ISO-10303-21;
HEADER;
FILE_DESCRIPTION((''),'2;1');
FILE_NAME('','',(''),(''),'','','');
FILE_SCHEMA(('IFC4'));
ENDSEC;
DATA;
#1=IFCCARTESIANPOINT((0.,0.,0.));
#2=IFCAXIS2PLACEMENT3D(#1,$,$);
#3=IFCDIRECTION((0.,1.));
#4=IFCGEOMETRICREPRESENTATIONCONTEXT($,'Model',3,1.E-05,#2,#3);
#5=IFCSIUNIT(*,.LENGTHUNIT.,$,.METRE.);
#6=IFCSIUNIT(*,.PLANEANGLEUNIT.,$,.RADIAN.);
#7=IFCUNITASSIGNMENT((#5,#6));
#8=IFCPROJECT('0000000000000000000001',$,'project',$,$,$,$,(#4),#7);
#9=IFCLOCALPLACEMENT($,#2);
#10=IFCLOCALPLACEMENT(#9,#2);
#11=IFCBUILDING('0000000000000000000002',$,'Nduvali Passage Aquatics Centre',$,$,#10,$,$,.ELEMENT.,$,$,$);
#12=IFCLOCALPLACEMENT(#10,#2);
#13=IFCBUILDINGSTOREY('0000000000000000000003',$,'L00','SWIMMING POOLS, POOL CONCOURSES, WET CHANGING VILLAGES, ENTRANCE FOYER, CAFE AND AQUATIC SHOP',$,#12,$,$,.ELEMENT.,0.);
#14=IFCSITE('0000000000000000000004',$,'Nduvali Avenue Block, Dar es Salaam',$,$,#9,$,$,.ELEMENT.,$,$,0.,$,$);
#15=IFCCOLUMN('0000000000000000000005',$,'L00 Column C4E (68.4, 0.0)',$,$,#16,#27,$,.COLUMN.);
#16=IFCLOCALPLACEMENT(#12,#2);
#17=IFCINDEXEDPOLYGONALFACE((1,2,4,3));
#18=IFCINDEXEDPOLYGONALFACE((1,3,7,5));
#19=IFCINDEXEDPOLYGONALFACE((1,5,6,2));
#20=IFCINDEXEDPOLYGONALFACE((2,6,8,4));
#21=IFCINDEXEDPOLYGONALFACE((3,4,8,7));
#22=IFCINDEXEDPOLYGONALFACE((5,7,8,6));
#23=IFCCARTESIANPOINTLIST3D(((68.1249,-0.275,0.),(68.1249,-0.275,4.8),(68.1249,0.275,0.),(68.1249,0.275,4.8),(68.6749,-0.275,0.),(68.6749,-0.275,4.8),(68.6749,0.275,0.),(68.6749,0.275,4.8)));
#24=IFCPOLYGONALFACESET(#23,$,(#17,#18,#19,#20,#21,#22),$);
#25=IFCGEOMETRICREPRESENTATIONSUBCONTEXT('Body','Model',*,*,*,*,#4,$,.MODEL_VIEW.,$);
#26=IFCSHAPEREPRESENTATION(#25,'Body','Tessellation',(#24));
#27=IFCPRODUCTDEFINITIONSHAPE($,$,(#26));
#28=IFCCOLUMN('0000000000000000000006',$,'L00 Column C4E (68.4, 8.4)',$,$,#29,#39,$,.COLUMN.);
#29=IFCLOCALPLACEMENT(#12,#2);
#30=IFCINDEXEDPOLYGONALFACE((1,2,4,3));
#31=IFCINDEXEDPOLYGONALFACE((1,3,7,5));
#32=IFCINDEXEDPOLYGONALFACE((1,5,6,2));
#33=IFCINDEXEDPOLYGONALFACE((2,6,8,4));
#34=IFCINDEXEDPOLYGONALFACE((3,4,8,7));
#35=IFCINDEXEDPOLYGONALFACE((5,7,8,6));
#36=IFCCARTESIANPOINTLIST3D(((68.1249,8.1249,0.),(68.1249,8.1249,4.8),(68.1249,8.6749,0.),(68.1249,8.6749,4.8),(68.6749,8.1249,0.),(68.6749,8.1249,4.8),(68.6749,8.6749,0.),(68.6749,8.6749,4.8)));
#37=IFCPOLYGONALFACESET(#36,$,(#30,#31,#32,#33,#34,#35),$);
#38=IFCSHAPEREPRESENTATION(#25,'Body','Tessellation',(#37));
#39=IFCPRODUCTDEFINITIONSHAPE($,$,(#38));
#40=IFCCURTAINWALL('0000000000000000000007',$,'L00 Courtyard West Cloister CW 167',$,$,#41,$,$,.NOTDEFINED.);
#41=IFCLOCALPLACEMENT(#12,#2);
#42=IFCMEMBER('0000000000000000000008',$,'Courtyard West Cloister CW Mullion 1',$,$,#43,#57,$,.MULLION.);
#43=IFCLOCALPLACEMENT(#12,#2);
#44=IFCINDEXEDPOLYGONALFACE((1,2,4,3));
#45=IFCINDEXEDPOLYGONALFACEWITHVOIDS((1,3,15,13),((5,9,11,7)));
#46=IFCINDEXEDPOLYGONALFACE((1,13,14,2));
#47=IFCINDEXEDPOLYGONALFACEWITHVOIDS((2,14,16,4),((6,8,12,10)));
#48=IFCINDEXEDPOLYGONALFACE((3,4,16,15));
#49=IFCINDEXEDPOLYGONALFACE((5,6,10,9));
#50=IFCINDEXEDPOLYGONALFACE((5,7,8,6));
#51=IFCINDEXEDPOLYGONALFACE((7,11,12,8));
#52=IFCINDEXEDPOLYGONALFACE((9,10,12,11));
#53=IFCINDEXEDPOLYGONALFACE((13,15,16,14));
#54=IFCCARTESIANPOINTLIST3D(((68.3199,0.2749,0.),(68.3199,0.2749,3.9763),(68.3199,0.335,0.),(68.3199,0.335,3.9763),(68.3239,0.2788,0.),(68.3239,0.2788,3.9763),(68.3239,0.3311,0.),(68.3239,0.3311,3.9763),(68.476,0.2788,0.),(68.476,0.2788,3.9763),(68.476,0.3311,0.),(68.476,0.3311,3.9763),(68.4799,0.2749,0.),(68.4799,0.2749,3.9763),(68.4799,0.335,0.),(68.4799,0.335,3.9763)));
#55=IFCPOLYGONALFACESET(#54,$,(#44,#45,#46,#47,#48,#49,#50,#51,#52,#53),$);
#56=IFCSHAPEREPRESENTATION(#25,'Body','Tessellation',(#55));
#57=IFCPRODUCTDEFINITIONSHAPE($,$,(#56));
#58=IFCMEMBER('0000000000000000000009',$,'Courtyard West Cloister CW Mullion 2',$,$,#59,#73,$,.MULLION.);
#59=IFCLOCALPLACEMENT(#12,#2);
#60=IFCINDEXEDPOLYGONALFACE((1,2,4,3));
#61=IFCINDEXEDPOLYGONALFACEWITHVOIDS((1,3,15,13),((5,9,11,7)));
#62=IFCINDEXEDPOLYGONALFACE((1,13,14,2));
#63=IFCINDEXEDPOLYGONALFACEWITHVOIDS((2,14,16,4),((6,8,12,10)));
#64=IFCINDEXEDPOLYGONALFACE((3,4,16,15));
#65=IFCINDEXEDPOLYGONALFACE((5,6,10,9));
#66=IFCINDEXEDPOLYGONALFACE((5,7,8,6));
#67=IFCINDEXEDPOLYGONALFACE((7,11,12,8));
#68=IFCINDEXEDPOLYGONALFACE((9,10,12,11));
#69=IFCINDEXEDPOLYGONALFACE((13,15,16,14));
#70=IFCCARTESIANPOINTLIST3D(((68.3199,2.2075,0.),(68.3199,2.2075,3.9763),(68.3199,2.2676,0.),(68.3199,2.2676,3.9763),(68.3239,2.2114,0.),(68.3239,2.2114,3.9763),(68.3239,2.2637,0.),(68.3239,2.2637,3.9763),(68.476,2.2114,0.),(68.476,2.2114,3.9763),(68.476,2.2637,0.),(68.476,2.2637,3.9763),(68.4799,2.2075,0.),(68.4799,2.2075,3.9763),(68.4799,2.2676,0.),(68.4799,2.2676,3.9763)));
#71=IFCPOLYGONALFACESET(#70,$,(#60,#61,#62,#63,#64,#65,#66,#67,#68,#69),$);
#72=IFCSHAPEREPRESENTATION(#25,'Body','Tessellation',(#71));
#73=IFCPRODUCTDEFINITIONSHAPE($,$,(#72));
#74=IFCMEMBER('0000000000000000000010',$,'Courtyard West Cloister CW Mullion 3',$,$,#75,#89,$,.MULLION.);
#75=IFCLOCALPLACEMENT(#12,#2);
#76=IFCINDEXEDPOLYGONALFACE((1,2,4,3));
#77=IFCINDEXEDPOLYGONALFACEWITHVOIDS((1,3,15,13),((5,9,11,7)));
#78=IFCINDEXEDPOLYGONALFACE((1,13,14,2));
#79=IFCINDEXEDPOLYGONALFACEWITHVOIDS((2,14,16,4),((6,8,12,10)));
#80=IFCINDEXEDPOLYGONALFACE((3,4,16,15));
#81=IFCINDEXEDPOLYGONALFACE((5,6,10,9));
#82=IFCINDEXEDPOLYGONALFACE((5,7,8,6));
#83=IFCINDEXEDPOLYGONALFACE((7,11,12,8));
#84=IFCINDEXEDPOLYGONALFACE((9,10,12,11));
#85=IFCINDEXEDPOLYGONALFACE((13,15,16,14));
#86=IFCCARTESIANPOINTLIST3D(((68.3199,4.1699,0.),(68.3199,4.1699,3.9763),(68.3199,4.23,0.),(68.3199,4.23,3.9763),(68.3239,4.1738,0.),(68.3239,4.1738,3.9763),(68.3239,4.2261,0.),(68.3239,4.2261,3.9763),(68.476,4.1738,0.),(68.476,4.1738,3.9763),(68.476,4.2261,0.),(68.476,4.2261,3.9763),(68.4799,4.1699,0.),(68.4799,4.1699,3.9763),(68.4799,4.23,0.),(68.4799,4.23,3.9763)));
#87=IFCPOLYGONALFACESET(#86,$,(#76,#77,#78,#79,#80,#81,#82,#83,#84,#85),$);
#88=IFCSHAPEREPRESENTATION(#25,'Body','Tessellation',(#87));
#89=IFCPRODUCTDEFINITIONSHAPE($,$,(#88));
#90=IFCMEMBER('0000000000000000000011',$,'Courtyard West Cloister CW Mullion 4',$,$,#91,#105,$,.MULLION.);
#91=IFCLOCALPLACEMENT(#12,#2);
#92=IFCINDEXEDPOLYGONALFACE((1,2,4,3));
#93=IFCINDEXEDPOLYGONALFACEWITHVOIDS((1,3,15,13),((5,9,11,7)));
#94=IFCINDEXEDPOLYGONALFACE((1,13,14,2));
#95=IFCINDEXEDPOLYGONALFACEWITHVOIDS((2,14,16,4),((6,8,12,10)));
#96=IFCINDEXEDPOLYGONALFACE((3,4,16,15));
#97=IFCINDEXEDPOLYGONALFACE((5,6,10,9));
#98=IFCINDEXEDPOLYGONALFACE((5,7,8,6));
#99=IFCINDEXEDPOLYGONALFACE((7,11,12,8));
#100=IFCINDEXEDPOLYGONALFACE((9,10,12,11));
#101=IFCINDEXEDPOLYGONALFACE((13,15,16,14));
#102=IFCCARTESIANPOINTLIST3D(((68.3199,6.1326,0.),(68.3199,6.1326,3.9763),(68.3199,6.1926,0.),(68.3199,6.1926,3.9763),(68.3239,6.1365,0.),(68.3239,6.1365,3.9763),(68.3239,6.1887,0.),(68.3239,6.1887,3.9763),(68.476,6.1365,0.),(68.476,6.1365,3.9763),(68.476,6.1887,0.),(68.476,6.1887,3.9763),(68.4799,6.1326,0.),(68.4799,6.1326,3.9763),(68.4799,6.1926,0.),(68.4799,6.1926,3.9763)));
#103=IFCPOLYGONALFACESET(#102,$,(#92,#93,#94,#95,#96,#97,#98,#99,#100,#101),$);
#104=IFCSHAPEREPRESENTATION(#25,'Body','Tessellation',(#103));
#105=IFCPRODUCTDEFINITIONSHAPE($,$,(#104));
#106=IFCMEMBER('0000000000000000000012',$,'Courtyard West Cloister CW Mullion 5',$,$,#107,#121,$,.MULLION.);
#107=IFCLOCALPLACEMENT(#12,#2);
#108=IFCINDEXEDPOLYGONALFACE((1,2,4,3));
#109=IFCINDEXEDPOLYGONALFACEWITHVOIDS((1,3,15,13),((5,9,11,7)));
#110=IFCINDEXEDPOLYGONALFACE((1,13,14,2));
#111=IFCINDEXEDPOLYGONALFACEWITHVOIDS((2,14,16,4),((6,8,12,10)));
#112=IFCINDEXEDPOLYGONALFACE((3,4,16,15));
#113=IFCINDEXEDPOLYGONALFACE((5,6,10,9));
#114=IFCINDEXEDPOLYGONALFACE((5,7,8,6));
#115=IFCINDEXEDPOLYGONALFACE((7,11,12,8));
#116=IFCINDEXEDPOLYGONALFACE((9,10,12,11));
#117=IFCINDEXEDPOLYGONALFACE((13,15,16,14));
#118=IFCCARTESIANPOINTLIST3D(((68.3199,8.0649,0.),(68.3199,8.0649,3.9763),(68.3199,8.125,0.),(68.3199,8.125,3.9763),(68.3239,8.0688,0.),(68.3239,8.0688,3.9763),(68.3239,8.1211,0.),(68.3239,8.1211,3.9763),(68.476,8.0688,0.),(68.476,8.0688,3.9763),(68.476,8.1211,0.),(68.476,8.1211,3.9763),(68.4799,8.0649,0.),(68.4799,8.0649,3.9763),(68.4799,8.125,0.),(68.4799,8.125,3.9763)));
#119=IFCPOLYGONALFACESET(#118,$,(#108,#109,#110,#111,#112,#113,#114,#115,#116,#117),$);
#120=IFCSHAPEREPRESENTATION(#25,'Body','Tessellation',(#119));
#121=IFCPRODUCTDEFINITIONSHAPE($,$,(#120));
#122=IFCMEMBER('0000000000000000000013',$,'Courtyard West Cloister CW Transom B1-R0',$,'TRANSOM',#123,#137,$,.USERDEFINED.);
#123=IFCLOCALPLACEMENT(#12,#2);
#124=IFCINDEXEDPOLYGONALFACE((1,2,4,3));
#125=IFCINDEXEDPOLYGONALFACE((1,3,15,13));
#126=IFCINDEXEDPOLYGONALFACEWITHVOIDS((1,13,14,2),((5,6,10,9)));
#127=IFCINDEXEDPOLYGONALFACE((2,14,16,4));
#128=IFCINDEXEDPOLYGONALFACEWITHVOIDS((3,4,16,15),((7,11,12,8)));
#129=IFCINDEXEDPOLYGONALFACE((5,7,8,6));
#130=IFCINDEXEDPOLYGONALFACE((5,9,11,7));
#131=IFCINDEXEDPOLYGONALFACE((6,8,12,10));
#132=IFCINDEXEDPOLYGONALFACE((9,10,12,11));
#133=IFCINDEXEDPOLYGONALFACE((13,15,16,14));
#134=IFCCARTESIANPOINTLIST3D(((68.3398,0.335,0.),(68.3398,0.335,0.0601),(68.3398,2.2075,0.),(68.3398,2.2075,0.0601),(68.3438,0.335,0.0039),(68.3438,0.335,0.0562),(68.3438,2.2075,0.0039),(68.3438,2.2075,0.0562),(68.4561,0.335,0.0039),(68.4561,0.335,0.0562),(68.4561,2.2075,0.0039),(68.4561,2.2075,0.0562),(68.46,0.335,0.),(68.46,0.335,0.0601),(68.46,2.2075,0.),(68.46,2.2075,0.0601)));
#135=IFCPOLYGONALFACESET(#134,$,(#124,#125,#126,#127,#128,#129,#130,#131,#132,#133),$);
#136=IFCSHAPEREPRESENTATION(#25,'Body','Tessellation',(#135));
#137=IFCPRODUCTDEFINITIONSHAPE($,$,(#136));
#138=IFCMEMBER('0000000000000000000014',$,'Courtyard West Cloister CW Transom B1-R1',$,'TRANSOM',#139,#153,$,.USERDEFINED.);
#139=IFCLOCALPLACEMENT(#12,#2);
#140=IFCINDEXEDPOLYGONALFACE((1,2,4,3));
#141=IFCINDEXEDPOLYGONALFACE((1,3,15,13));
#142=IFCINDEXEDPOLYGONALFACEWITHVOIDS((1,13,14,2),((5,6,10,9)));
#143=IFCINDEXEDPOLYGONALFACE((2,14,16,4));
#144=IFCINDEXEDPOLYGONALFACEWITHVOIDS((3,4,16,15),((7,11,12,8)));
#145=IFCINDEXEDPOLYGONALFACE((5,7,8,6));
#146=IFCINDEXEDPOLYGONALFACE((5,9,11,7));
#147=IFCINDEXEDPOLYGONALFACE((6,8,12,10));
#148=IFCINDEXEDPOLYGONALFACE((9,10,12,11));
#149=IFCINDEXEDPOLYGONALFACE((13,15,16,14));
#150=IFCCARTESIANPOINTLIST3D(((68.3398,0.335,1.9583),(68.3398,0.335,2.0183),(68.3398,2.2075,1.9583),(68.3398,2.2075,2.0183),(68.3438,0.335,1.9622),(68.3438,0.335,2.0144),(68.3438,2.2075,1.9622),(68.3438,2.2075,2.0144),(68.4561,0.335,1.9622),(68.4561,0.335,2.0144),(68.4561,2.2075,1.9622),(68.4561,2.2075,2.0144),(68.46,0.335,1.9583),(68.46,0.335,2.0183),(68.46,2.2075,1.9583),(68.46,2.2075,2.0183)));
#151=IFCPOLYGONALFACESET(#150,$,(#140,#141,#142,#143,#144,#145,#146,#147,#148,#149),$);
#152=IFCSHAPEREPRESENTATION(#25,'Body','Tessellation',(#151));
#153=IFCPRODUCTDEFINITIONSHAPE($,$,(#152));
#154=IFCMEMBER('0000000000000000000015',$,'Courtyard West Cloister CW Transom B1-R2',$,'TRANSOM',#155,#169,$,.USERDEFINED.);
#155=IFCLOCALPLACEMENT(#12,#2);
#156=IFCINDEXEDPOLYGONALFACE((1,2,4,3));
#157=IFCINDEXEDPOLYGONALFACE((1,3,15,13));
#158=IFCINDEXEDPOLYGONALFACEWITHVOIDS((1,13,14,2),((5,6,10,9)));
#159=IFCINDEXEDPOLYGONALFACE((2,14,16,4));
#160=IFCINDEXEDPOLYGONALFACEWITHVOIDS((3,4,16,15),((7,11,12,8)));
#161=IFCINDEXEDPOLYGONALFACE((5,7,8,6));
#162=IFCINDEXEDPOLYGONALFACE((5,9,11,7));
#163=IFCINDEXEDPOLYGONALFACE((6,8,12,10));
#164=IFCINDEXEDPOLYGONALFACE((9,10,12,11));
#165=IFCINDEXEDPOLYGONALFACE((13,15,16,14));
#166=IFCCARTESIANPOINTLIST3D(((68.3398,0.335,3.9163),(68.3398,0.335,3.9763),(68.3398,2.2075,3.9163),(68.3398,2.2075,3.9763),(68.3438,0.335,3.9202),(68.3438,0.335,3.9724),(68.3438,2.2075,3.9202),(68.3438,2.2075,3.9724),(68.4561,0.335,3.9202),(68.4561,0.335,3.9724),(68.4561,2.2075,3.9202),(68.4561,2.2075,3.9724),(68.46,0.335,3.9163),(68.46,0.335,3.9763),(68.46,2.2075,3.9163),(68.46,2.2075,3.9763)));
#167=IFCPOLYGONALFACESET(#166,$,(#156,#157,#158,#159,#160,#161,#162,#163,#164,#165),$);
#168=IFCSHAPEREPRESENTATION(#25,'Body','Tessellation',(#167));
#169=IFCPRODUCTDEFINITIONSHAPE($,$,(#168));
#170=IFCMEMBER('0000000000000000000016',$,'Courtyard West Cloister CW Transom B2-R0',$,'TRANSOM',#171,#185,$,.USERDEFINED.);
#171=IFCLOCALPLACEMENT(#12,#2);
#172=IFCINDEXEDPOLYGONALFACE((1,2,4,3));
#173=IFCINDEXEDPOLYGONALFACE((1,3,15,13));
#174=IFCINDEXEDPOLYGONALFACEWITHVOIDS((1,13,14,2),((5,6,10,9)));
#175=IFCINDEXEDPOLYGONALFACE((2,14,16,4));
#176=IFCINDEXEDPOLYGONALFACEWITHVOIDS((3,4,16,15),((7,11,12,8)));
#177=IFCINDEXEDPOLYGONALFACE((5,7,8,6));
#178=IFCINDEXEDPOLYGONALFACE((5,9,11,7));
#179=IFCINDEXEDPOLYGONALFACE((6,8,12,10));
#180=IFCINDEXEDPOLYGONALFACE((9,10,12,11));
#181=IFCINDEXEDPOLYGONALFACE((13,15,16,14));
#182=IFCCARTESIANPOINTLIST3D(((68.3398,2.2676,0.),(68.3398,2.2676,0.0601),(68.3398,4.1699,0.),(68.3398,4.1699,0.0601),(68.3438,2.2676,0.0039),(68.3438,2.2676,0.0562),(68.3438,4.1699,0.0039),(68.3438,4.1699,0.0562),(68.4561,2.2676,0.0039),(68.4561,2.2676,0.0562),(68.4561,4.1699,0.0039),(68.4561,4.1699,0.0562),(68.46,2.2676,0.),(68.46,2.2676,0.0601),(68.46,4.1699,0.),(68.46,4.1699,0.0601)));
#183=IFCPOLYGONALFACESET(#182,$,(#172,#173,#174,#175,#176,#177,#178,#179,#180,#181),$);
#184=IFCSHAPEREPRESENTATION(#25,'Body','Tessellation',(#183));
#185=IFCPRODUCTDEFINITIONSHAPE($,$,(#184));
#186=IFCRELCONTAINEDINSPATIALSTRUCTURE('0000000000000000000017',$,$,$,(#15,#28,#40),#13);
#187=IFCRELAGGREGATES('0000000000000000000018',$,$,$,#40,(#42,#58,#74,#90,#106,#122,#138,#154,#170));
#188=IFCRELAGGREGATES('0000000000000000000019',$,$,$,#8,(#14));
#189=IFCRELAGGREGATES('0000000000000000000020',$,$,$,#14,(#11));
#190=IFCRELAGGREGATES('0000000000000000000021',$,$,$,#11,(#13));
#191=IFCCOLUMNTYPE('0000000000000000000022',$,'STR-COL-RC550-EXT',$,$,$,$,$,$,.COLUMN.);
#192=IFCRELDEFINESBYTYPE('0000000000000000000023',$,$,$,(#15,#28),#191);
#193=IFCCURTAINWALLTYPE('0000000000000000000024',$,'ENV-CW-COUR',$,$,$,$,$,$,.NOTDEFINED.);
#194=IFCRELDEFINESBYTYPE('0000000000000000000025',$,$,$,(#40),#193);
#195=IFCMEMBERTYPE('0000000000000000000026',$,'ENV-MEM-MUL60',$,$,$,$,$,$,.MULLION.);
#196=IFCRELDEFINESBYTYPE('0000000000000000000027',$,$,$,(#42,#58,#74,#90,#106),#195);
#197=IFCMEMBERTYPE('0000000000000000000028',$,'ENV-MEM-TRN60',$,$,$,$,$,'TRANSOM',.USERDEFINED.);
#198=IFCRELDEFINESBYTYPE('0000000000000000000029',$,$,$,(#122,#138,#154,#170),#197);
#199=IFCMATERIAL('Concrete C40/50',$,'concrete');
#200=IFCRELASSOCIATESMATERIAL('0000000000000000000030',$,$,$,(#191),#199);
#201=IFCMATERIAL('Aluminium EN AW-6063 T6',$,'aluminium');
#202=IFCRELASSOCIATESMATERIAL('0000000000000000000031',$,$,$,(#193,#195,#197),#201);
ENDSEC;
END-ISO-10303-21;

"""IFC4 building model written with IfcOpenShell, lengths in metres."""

from ifc_helpers import new_model, si_unit, direction, frame, origin, origin_2d, place, context, subcontext, project, spatial, rectangle, hollow_rectangle, extrude, material, material_profile, profile_set, type_object, element, aggregate, save


model = new_model("IFC4")

# Units and contexts
model_context = context("Model", 3, precision=1e-05, world=origin(), true_north=direction((0.0, 1.0)))
body_context = subcontext(model_context, "Body", "Model", "MODEL_VIEW")
ifc_project = project(units=[si_unit("LENGTHUNIT", "METRE"), si_unit("PLANEANGLEUNIT", "RADIAN")], contexts=[model_context])

# Site, building, storey
site_placement = place(None, origin())
site = spatial("IfcSite", under=ifc_project, at=site_placement, Name="Nduvali Avenue Block, Dar es Salaam", CompositionType="ELEMENT", RefElevation=0.0)
building_placement = place(site_placement, origin())
building = spatial("IfcBuilding", under=site, at=building_placement, Name="Nduvali Passage Aquatics Centre", CompositionType="ELEMENT")
storey_placement = place(building_placement, origin())
storey = spatial("IfcBuildingStorey", under=building, at=storey_placement, Name="L00", Description="SWIMMING POOLS, POOL CONCOURSES, WET CHANGING VILLAGES, ENTRANCE FOYER, CAFE AND AQUATIC SHOP", CompositionType="ELEMENT", Elevation=0.0)

# Columns
ifc_material_1 = material(Name="Concrete C40/50", Category="concrete")
ifc_material_profile_1 = material_profile(ifc_material_1, rectangle(XDim=0.55, YDim=0.55, at=origin_2d()), Name="RC 550x550")
ifc_profile_set_1 = profile_set([ifc_material_profile_1], Name="Concrete C40/50")
column_type = type_object("IfcColumnType", Name="STR-COL-RC550-EXT", PredefinedType="COLUMN", material=ifc_profile_set_1)
for number, where, z_axis, x_axis, name in (
    (1, (68.3999, 0.0, 0.0), (0.0, 0.0, 1.0), (1.0, 0.0, 0.0), "L00 Column C4E (68.4, 0.0)"),
    (2, (68.3999, 8.3999, 0.0), (0.0, 0.0, 1.0), (1.0, 0.0, 0.0), "L00 Column C4E (68.4, 8.4)"),
):
    element("IfcColumn", number, at=place(storey_placement, frame(where, z_axis=z_axis, x_axis=x_axis)), inside=storey, type_object=column_type, Name=name, PredefinedType="COLUMN", context=body_context, shape_type="SweptSolid", body=[
        extrude(rectangle(XDim=0.55, YDim=0.55, at=origin_2d()), origin(), (0.0, 0.0, 1.0), 4.8),
    ])

# Curtain wall, members
ifc_material_2 = material(Name="Aluminium EN AW-6063 T6", Category="aluminium")
curtain_wall_type = type_object("IfcCurtainWallType", Name="ENV-CW-COUR", PredefinedType="NOTDEFINED", material=ifc_material_2)
curtain_wall_placement = place(storey_placement, origin())
curtain_wall = element("IfcCurtainWall", 3, at=curtain_wall_placement, inside=storey, type_object=curtain_wall_type, Name="L00 Courtyard West Cloister CW 167", PredefinedType="NOTDEFINED")
ifc_material_profile_2 = material_profile(ifc_material_2, hollow_rectangle(XDim=0.0601, YDim=0.1599, WallThickness=0.0039, at=origin_2d()), Name="ALU MULLION 60x160x4")
ifc_profile_set_2 = profile_set([ifc_material_profile_2], Name="Aluminium EN AW-6063 T6")
member_type_1 = type_object("IfcMemberType", Name="ENV-MEM-MUL60", PredefinedType="MULLION", material=ifc_profile_set_2)
member_1_placement = place(storey_placement, frame((68.3999, 0.3049, 0.0), z_axis=(0.0, 0.0, 1.0), x_axis=(0.0, 1.0, 0.0)))
member_1 = element("IfcMember", 4, at=member_1_placement, type_object=member_type_1, Name="Courtyard West Cloister CW Mullion 1", PredefinedType="MULLION", context=body_context, shape_type="SweptSolid", body=[
    extrude(hollow_rectangle(XDim=0.0601, YDim=0.1599, WallThickness=0.0039, at=origin_2d()), origin(), (0.0, 0.0, 1.0), 3.9763),
])
member_2_placement = place(storey_placement, frame((68.3999, 2.2375, 0.0), z_axis=(0.0, 0.0, 1.0), x_axis=(0.0, 1.0, 0.0)))
member_2 = element("IfcMember", 5, at=member_2_placement, type_object=member_type_1, Name="Courtyard West Cloister CW Mullion 2", PredefinedType="MULLION", context=body_context, shape_type="SweptSolid", body=[
    extrude(hollow_rectangle(XDim=0.0601, YDim=0.1599, WallThickness=0.0039, at=origin_2d()), origin(), (0.0, 0.0, 1.0), 3.9763),
])
member_3_placement = place(storey_placement, frame((68.3999, 4.2, 0.0), z_axis=(0.0, 0.0, 1.0), x_axis=(0.0, 1.0, 0.0)))
member_3 = element("IfcMember", 6, at=member_3_placement, type_object=member_type_1, Name="Courtyard West Cloister CW Mullion 3", PredefinedType="MULLION", context=body_context, shape_type="SweptSolid", body=[
    extrude(hollow_rectangle(XDim=0.0601, YDim=0.1599, WallThickness=0.0039, at=origin_2d()), origin(), (0.0, 0.0, 1.0), 3.9763),
])
member_4_placement = place(storey_placement, frame((68.3999, 6.1626, 0.0), z_axis=(0.0, 0.0, 1.0), x_axis=(0.0, 1.0, 0.0)))
member_4 = element("IfcMember", 7, at=member_4_placement, type_object=member_type_1, Name="Courtyard West Cloister CW Mullion 4", PredefinedType="MULLION", context=body_context, shape_type="SweptSolid", body=[
    extrude(hollow_rectangle(XDim=0.0601, YDim=0.1599, WallThickness=0.0039, at=origin_2d()), origin(), (0.0, 0.0, 1.0), 3.9763),
])
member_5_placement = place(storey_placement, frame((68.3999, 8.095, 0.0), z_axis=(0.0, 0.0, 1.0), x_axis=(0.0, 1.0, 0.0)))
member_5 = element("IfcMember", 8, at=member_5_placement, type_object=member_type_1, Name="Courtyard West Cloister CW Mullion 5", PredefinedType="MULLION", context=body_context, shape_type="SweptSolid", body=[
    extrude(hollow_rectangle(XDim=0.0601, YDim=0.1599, WallThickness=0.0039, at=origin_2d()), origin(), (0.0, 0.0, 1.0), 3.9763),
])
ifc_material_profile_3 = material_profile(ifc_material_2, hollow_rectangle(XDim=0.1201, YDim=0.0601, WallThickness=0.0039, at=origin_2d()), Name="ALU TRANSOM 120x60x4")
ifc_profile_set_3 = profile_set([ifc_material_profile_3], Name="Aluminium EN AW-6063 T6")
member_type_2 = type_object("IfcMemberType", Name="ENV-MEM-TRN60", ElementType="TRANSOM", PredefinedType="USERDEFINED", material=ifc_profile_set_3)
member_6_placement = place(storey_placement, frame((68.3999, 0.335, 0.03), z_axis=(0.0, 1.0, 0.0), x_axis=(-1.0, 0.0, 0.0)))
member_6 = element("IfcMember", 9, at=member_6_placement, type_object=member_type_2, Name="Courtyard West Cloister CW Transom B1-R0", ObjectType="TRANSOM", PredefinedType="USERDEFINED", context=body_context, shape_type="SweptSolid", body=[
    extrude(hollow_rectangle(XDim=0.1201, YDim=0.0601, WallThickness=0.0039, at=origin_2d()), origin(), (0.0, 0.0, 1.0), 1.8726),
])
member_7_placement = place(storey_placement, frame((68.3999, 0.335, 1.9883), z_axis=(0.0, 1.0, 0.0), x_axis=(-1.0, 0.0, 0.0)))
member_7 = element("IfcMember", 10, at=member_7_placement, type_object=member_type_2, Name="Courtyard West Cloister CW Transom B1-R1", ObjectType="TRANSOM", PredefinedType="USERDEFINED", context=body_context, shape_type="SweptSolid", body=[
    extrude(hollow_rectangle(XDim=0.1201, YDim=0.0601, WallThickness=0.0039, at=origin_2d()), origin(), (0.0, 0.0, 1.0), 1.8726),
])
member_8_placement = place(storey_placement, frame((68.3999, 0.335, 3.9463), z_axis=(0.0, 1.0, 0.0), x_axis=(-1.0, 0.0, 0.0)))
member_8 = element("IfcMember", 11, at=member_8_placement, type_object=member_type_2, Name="Courtyard West Cloister CW Transom B1-R2", ObjectType="TRANSOM", PredefinedType="USERDEFINED", context=body_context, shape_type="SweptSolid", body=[
    extrude(hollow_rectangle(XDim=0.1201, YDim=0.0601, WallThickness=0.0039, at=origin_2d()), origin(), (0.0, 0.0, 1.0), 1.8726),
])
member_9_placement = place(storey_placement, frame((68.3999, 2.2676, 0.03), z_axis=(0.0, 1.0, 0.0), x_axis=(-1.0, 0.0, 0.0)))
member_9 = element("IfcMember", 12, at=member_9_placement, type_object=member_type_2, Name="Courtyard West Cloister CW Transom B2-R0", ObjectType="TRANSOM", PredefinedType="USERDEFINED", context=body_context, shape_type="SweptSolid", body=[
    extrude(hollow_rectangle(XDim=0.1201, YDim=0.0601, WallThickness=0.0039, at=origin_2d()), origin(), (0.0, 0.0, 1.0), 1.9023),
])

aggregate(curtain_wall, [member_1, member_2, member_3, member_4, member_5, member_6, member_7, member_8, member_9])

save(model, "model.ifc")
